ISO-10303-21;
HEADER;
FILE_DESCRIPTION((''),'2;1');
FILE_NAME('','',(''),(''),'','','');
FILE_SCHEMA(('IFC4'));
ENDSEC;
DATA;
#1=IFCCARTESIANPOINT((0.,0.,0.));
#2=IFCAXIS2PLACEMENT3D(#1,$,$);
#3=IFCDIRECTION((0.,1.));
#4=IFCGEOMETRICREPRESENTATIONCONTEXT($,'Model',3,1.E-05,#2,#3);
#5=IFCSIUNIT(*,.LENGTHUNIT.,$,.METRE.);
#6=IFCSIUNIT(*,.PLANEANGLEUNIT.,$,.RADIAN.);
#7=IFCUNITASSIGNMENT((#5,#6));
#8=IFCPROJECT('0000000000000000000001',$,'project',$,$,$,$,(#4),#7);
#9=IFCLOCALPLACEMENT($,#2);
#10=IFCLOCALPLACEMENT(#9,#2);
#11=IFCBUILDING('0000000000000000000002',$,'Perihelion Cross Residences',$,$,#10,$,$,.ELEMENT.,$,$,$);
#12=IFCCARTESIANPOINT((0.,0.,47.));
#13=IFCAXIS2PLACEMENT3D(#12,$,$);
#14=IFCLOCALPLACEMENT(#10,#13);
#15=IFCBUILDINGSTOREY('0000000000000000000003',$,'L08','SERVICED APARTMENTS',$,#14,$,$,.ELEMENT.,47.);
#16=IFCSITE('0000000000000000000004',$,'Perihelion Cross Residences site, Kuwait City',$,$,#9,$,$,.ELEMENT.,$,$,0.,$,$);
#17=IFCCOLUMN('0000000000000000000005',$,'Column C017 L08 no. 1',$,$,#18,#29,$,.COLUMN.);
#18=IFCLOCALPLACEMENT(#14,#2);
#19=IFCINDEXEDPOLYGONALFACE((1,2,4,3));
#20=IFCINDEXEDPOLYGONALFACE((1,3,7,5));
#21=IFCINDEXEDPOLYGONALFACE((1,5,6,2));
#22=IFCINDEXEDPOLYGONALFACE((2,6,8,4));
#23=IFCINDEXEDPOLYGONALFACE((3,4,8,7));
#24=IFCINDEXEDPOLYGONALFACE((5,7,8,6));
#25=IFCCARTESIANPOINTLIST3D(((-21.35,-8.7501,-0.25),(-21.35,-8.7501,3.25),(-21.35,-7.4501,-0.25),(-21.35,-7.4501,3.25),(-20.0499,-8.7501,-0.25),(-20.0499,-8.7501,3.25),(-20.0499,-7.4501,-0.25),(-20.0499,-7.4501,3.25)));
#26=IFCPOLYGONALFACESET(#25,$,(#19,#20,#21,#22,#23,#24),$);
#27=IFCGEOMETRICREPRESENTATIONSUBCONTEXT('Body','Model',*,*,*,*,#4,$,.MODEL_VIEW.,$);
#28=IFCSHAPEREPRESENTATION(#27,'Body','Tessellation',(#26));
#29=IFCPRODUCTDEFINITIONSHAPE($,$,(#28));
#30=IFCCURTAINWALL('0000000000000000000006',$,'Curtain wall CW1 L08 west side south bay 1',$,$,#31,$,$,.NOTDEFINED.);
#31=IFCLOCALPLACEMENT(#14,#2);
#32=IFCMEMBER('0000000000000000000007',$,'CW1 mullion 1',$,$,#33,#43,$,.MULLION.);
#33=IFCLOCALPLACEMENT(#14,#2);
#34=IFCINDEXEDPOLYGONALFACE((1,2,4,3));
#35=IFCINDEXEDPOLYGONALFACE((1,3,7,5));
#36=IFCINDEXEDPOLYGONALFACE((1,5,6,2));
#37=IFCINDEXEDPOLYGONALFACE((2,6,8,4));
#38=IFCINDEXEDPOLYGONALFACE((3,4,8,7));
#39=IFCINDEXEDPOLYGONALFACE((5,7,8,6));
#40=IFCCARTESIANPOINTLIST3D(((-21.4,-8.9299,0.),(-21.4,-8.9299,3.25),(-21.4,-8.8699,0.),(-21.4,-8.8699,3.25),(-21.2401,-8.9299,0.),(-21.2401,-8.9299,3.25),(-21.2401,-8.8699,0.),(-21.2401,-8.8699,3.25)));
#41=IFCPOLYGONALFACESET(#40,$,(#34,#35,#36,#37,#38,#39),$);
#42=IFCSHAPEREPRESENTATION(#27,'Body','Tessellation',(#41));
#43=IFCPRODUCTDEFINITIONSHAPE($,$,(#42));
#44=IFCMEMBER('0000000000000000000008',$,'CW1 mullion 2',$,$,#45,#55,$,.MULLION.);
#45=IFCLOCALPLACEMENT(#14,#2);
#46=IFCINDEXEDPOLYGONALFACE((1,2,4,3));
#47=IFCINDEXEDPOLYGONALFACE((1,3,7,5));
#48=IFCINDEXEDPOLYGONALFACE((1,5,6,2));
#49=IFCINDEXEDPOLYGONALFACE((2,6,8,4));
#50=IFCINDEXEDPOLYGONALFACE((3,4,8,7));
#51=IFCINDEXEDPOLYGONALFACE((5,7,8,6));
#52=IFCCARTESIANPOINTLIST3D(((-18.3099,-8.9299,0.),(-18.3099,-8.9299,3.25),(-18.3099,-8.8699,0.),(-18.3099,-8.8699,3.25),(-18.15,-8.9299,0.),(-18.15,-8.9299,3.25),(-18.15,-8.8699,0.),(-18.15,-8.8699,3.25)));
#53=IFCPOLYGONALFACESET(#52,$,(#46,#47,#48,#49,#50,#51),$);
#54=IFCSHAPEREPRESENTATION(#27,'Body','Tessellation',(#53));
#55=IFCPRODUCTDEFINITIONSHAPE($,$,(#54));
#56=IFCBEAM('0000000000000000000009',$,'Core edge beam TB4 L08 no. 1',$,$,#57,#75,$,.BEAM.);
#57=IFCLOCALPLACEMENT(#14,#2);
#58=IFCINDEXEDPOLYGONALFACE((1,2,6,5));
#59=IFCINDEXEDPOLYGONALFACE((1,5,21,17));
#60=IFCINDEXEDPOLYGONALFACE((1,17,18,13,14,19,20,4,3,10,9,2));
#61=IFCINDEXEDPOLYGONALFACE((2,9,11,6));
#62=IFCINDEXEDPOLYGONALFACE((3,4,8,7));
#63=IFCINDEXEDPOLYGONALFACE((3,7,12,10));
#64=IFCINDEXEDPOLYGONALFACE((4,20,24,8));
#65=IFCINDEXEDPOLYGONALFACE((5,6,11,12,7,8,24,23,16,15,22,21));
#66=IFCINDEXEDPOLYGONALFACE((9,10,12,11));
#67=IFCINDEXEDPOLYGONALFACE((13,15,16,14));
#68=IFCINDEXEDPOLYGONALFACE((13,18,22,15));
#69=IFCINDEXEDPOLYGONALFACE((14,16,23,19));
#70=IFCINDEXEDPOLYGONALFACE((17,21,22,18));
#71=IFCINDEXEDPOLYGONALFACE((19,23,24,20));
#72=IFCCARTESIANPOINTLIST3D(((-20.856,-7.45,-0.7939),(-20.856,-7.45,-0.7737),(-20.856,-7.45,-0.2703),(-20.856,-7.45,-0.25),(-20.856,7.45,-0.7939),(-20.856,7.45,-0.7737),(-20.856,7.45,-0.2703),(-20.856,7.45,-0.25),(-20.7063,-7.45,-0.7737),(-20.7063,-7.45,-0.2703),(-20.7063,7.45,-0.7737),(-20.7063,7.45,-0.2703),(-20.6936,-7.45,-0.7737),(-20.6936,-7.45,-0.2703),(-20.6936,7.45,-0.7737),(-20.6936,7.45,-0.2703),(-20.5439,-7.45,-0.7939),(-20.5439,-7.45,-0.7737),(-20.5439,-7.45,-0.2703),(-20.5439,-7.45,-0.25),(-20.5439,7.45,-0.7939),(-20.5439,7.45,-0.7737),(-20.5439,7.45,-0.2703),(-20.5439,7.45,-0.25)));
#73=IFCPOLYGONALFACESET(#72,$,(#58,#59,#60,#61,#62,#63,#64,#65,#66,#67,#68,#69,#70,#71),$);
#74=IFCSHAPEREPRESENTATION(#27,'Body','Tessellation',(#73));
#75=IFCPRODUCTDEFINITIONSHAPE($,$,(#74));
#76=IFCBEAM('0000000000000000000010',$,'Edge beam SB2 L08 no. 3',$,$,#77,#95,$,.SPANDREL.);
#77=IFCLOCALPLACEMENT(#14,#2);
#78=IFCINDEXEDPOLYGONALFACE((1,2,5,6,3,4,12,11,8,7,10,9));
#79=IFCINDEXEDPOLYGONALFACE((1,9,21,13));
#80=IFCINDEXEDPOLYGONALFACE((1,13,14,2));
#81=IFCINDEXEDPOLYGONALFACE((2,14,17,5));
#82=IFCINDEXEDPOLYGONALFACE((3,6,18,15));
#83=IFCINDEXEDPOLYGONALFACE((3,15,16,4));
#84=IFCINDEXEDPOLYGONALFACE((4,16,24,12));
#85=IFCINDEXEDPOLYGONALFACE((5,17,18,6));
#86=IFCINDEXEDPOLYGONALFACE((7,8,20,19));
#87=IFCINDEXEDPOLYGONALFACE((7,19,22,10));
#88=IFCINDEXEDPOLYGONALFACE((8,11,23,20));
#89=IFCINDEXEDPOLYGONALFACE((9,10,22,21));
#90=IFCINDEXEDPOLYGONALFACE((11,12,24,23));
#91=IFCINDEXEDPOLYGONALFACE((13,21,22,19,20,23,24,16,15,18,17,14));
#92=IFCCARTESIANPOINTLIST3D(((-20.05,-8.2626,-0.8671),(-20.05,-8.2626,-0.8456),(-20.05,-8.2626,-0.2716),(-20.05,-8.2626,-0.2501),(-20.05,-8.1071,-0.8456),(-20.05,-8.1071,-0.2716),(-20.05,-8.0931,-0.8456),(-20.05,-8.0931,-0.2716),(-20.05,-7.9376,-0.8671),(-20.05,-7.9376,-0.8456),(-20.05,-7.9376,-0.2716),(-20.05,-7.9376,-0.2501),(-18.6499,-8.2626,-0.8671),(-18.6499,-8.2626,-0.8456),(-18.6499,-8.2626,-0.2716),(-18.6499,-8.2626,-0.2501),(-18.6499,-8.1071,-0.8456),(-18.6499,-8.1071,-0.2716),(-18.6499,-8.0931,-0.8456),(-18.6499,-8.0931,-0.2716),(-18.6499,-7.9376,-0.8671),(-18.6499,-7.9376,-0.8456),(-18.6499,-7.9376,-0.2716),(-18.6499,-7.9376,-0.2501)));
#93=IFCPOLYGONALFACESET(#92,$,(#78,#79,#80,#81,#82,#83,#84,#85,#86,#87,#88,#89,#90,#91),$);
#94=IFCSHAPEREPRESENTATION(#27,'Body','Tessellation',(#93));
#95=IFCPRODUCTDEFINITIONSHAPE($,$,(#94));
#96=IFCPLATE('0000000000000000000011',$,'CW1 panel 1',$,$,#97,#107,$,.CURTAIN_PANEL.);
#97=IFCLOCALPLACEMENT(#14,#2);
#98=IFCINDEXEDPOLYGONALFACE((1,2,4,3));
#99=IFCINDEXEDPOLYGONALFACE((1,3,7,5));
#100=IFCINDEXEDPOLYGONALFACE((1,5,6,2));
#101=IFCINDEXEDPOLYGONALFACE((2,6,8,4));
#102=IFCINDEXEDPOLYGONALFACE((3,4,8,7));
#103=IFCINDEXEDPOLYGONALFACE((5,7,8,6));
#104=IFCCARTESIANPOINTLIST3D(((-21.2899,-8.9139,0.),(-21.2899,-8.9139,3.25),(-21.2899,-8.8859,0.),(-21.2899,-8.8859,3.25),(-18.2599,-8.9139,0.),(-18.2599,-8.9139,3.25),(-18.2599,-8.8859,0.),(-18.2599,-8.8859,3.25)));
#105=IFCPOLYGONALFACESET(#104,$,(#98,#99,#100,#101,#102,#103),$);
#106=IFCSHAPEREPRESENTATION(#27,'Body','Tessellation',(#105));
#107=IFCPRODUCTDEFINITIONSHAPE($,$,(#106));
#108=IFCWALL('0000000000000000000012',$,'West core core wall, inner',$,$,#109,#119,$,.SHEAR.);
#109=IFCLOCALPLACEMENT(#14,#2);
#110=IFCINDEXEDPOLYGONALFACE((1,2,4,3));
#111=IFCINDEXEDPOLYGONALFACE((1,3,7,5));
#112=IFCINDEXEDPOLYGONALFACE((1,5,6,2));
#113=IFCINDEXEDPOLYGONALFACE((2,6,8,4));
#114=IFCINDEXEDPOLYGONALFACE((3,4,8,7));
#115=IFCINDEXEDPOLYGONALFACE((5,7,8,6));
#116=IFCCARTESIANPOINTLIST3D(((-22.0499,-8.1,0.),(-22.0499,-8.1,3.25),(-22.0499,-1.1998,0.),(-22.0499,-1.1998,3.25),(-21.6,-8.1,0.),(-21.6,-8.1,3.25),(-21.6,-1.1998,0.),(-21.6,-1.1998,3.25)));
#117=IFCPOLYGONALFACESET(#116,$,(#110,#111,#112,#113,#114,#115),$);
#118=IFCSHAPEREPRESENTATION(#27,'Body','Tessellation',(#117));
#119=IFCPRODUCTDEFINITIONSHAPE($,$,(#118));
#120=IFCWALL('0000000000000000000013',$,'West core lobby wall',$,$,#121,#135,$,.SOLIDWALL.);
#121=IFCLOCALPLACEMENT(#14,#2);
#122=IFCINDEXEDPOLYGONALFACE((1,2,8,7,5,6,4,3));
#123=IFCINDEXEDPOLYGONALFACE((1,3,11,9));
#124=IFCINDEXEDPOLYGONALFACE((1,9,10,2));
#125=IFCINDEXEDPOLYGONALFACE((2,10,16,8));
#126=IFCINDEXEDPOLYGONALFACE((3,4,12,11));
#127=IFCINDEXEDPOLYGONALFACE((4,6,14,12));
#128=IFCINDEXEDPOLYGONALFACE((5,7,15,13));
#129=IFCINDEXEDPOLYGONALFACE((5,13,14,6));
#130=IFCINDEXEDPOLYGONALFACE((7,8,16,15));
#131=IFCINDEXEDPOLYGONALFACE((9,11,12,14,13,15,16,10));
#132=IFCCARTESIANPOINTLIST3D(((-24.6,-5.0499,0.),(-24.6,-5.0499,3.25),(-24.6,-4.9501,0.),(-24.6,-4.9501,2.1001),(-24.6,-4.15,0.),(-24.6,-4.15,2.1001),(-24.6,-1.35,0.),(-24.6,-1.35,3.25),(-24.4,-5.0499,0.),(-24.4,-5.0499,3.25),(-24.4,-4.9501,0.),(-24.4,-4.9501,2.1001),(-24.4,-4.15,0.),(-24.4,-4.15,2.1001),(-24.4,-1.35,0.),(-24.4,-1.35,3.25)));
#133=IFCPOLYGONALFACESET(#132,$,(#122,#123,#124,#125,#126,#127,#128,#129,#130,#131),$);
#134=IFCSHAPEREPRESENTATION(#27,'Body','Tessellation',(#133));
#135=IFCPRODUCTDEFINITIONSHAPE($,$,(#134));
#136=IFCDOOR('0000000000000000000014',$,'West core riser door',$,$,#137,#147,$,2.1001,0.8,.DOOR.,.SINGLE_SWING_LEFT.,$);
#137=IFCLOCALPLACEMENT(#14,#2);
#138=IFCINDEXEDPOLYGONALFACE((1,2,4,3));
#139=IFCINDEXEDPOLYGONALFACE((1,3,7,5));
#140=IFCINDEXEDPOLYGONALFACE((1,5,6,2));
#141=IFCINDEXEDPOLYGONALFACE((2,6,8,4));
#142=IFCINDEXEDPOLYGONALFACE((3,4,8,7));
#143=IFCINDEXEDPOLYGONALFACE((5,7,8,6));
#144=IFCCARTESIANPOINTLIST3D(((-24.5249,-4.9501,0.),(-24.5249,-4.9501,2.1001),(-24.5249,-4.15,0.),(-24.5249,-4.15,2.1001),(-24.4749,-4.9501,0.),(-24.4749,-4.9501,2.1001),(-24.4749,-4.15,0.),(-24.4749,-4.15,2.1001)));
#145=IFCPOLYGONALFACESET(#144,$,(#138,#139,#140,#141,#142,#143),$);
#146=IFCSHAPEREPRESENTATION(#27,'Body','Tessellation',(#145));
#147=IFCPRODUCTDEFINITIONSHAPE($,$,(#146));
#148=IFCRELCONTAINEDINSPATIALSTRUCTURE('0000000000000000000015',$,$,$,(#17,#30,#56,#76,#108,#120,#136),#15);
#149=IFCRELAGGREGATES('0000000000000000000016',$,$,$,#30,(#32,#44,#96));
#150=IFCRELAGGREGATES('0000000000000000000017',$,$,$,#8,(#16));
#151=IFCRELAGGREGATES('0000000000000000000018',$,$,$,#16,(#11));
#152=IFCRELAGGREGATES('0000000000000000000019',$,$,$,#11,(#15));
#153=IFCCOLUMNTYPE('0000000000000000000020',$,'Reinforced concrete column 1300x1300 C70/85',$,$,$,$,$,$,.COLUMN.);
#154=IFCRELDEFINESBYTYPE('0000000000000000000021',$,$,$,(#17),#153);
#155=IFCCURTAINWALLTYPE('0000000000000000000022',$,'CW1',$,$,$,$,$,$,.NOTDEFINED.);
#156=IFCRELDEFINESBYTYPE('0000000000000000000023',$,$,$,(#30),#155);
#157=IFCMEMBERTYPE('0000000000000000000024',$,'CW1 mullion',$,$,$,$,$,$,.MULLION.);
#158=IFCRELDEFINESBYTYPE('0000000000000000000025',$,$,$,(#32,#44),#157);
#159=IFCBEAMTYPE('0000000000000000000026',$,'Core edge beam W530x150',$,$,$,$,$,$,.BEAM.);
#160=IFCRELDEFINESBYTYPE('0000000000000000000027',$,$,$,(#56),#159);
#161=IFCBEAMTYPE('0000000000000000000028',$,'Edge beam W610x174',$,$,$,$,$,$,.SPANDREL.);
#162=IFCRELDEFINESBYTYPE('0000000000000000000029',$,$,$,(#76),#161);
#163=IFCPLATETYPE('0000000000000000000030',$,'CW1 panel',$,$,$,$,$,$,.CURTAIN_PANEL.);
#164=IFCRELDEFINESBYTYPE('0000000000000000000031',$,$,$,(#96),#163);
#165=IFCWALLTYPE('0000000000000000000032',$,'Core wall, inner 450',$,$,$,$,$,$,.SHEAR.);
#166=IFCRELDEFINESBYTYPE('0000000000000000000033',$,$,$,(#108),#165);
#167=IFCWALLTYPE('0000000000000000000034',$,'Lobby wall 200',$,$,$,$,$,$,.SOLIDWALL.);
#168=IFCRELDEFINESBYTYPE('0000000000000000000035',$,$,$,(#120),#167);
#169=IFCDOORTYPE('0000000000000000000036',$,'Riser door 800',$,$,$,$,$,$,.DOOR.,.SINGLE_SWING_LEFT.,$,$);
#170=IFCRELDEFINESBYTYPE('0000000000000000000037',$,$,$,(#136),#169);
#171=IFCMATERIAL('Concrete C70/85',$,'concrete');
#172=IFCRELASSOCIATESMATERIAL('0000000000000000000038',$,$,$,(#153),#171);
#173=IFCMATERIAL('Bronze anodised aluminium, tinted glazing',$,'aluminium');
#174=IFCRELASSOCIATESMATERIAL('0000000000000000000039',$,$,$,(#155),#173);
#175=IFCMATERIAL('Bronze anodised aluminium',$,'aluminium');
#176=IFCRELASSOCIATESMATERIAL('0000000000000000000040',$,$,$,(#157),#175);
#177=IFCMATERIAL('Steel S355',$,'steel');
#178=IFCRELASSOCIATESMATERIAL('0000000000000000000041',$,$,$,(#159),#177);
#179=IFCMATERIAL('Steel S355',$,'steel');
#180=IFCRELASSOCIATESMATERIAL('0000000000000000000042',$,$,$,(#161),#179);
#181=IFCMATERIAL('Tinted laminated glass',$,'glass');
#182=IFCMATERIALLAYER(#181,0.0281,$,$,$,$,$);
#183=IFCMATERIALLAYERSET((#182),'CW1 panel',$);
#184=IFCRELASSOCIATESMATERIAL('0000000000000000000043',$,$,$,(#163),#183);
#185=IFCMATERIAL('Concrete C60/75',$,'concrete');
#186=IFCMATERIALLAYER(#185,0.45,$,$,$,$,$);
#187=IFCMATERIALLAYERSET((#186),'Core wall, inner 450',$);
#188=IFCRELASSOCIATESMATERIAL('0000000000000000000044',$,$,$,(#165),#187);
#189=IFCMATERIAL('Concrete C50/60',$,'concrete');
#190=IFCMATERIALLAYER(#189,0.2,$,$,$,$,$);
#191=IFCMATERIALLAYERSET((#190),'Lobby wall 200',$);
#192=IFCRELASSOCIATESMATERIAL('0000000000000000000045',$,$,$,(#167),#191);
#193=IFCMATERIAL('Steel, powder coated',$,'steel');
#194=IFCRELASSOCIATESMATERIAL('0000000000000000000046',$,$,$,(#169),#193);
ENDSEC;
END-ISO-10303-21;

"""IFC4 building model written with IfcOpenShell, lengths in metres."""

from ifc_helpers import new_model, si_unit, direction, frame, frame_2d, origin, origin_2d, place, context, subcontext, project, spatial, rectangle, i_section, extrude, material, layer, layer_set, material_profile, profile_set, type_object, element, fill, aggregate, save


model = new_model("IFC4")

# Units and contexts
model_context = context("Model", 3, precision=1e-05, world=origin(), true_north=direction((0.0, 1.0)))
body_context = subcontext(model_context, "Body", "Model", "MODEL_VIEW")
ifc_project = project(units=[si_unit("LENGTHUNIT", "METRE"), si_unit("PLANEANGLEUNIT", "RADIAN")], contexts=[model_context])

# Site, building, storey
site_placement = place(None, origin())
site = spatial("IfcSite", under=ifc_project, at=site_placement, Name="Perihelion Cross Residences site, Kuwait City", CompositionType="ELEMENT", RefElevation=0.0)
building_placement = place(site_placement, origin())
building = spatial("IfcBuilding", under=site, at=building_placement, Name="Perihelion Cross Residences", CompositionType="ELEMENT")
storey_placement = place(building_placement, frame((0.0, 0.0, 47.0)))
storey = spatial("IfcBuildingStorey", under=building, at=storey_placement, Name="L08", Description="SERVICED APARTMENTS", CompositionType="ELEMENT", Elevation=47.0)

# Column
ifc_material_1 = material(Name="Concrete C70/85", Category="concrete")
ifc_material_profile_1 = material_profile(ifc_material_1, rectangle(XDim=1.3, YDim=1.3, at=origin_2d()), Name="RC 1300x1300")
ifc_profile_set_1 = profile_set([ifc_material_profile_1], Name="Concrete C70/85")
column_type = type_object("IfcColumnType", Name="Reinforced concrete column 1300x1300 C70/85", PredefinedType="COLUMN", material=ifc_profile_set_1)
column_placement = place(storey_placement, frame((-20.7, -8.1001, -0.25), z_axis=(0.0, 0.0, 1.0), x_axis=(1.0, 0.0, 0.0)))
element("IfcColumn", 1, at=column_placement, inside=storey, type_object=column_type, Name="Column C017 L08 no. 1", PredefinedType="COLUMN", context=body_context, shape_type="SweptSolid", body=[
    extrude(rectangle(XDim=1.3, YDim=1.3, at=origin_2d()), origin(), (0.0, 0.0, 1.0), 3.5),
])

# Curtain wall, members
ifc_material_2 = material(Name="Bronze anodised aluminium, tinted glazing", Category="aluminium")
curtain_wall_type = type_object("IfcCurtainWallType", Name="CW1", PredefinedType="NOTDEFINED", material=ifc_material_2)
curtain_wall_placement = place(storey_placement, origin())
curtain_wall = element("IfcCurtainWall", 2, at=curtain_wall_placement, inside=storey, type_object=curtain_wall_type, Name="Curtain wall CW1 L08 west side south bay 1", PredefinedType="NOTDEFINED")
ifc_material_3 = material(Name="Bronze anodised aluminium", Category="aluminium")
ifc_material_profile_2 = material_profile(ifc_material_3, rectangle(XDim=0.0601, YDim=0.1599, at=origin_2d()), Name="CW1 mullion")
ifc_profile_set_2 = profile_set([ifc_material_profile_2], Name="Bronze anodised aluminium")
member_type = type_object("IfcMemberType", Name="CW1 mullion", PredefinedType="MULLION", material=ifc_profile_set_2)
member_1_placement = place(storey_placement, frame((-21.3201, -8.8999, 0.0), z_axis=(0.0, 0.0, 1.0), x_axis=(0.0, 1.0, 0.0)))
member_1 = element("IfcMember", 3, at=member_1_placement, type_object=member_type, Name="CW1 mullion 1", PredefinedType="MULLION", context=body_context, shape_type="SweptSolid", body=[
    extrude(rectangle(XDim=0.0601, YDim=0.1599, at=origin_2d()), origin(), (0.0, 0.0, 1.0), 3.25),
])
member_2_placement = place(storey_placement, frame((-18.23, -8.8999, 0.0), z_axis=(0.0, 0.0, 1.0), x_axis=(0.0, 1.0, 0.0)))
member_2 = element("IfcMember", 4, at=member_2_placement, type_object=member_type, Name="CW1 mullion 2", PredefinedType="MULLION", context=body_context, shape_type="SweptSolid", body=[
    extrude(rectangle(XDim=0.0601, YDim=0.1599, at=origin_2d()), origin(), (0.0, 0.0, 1.0), 3.25),
])

# Beams
ifc_material_4 = material(Name="Steel S355", Category="steel")
ifc_material_profile_3 = material_profile(ifc_material_4, i_section(OverallWidth=0.312, OverallDepth=0.5439, WebThickness=0.0127, FlangeThickness=0.0203, at=origin_2d()), Name="W530x150")
ifc_profile_set_3 = profile_set([ifc_material_profile_3], Name="Steel S355")
beam_type_1 = type_object("IfcBeamType", Name="Core edge beam W530x150", PredefinedType="BEAM", material=ifc_profile_set_3)
beam_1_placement = place(storey_placement, frame((-20.7, -7.45, -0.522), z_axis=(0.0, 1.0, 0.0), x_axis=(-1.0, 0.0, 0.0)))
element("IfcBeam", 5, at=beam_1_placement, inside=storey, type_object=beam_type_1, Name="Core edge beam TB4 L08 no. 1", PredefinedType="BEAM", context=body_context, shape_type="SweptSolid", body=[
    extrude(i_section(OverallWidth=0.312, OverallDepth=0.5439, WebThickness=0.0127, FlangeThickness=0.0203, at=origin_2d()), origin(), (0.0, 0.0, 1.0), 14.8999),
])
ifc_material_5 = material(Name="Steel S355", Category="steel")
ifc_material_profile_4 = material_profile(ifc_material_5, i_section(OverallWidth=0.325, OverallDepth=0.6169, WebThickness=0.0139, FlangeThickness=0.0215, at=origin_2d()), Name="W610x174")
ifc_profile_set_4 = profile_set([ifc_material_profile_4], Name="Steel S355")
beam_type_2 = type_object("IfcBeamType", Name="Edge beam W610x174", PredefinedType="SPANDREL", material=ifc_profile_set_4)
beam_2_placement = place(storey_placement, frame((-20.05, -8.1001, -0.5586), z_axis=(1.0, 0.0, 0.0), x_axis=(0.0, 1.0, 0.0)))
element("IfcBeam", 6, at=beam_2_placement, inside=storey, type_object=beam_type_2, Name="Edge beam SB2 L08 no. 3", PredefinedType="SPANDREL", context=body_context, shape_type="SweptSolid", body=[
    extrude(i_section(OverallWidth=0.325, OverallDepth=0.6169, WebThickness=0.0139, FlangeThickness=0.0215, at=origin_2d()), origin(), (0.0, 0.0, 1.0), 1.4001),
])

# Plate
ifc_material_6 = material(Name="Tinted laminated glass", Category="glass")
ifc_layer_1 = layer(ifc_material_6, 0.0281)
ifc_layer_set_1 = layer_set([ifc_layer_1], Name="CW1 panel")
plate_type = type_object("IfcPlateType", Name="CW1 panel", PredefinedType="CURTAIN_PANEL", material=ifc_layer_set_1)
plate_placement = place(storey_placement, frame((-19.7749, -8.8999, 0.0), z_axis=(0.0, 0.0, 1.0), x_axis=(1.0, 0.0, 0.0)))
plate = element("IfcPlate", 7, at=plate_placement, type_object=plate_type, Name="CW1 panel 1", PredefinedType="CURTAIN_PANEL", context=body_context, shape_type="SweptSolid", body=[
    extrude(rectangle(XDim=3.03, YDim=0.0281, at=origin_2d()), origin(), (0.0, 0.0, 1.0), 3.25),
])
aggregate(curtain_wall, [member_1, member_2, plate])

# Wall
ifc_material_7 = material(Name="Concrete C60/75", Category="concrete")
ifc_layer_2 = layer(ifc_material_7, 0.45)
ifc_layer_set_2 = layer_set([ifc_layer_2], Name="Core wall, inner 450")
wall_type_1 = type_object("IfcWallType", Name="Core wall, inner 450", PredefinedType="SHEAR", material=ifc_layer_set_2)
wall_1_placement = place(storey_placement, frame((-21.825, -8.1001, 0.0), z_axis=(0.0, 0.0, 1.0), x_axis=(0.0, 1.0, 0.0)))
element("IfcWall", 8, at=wall_1_placement, inside=storey, type_object=wall_type_1, Name="West core core wall, inner", PredefinedType="SHEAR", context=body_context, shape_type="SweptSolid", body=[
    extrude(rectangle(XDim=6.9001, YDim=0.45, at=frame_2d((3.4502, 0.0))), origin(), (0.0, 0.0, 1.0), 3.25),
])

# Wall, opening, door
ifc_material_8 = material(Name="Concrete C50/60", Category="concrete")
ifc_layer_3 = layer(ifc_material_8, 0.2)
ifc_layer_set_3 = layer_set([ifc_layer_3], Name="Lobby wall 200")
wall_type_2 = type_object("IfcWallType", Name="Lobby wall 200", PredefinedType="SOLIDWALL", material=ifc_layer_set_3)
wall_2_placement = place(storey_placement, frame((-24.5, -5.05, 0.0), z_axis=(0.0, 0.0, 1.0), x_axis=(0.0, 1.0, 0.0)))
wall_2 = element("IfcWall", 9, at=wall_2_placement, inside=storey, type_object=wall_type_2, Name="West core lobby wall", PredefinedType="SOLIDWALL", context=body_context, shape_type="SweptSolid", body=[
    extrude(rectangle(XDim=3.7, YDim=0.2, at=frame_2d((1.8501, 0.0))), origin(), (0.0, 0.0, 1.0), 3.25),
])
opening_1_placement = place(wall_2_placement, frame((0.1001, 0.0, 0.0)))
opening_1 = element("IfcOpeningElement", 10, at=opening_1_placement, cuts=wall_2, PredefinedType="OPENING", context=body_context, shape_type="SweptSolid", body=[
    extrude(rectangle(XDim=0.8, YDim=2.1001, at=frame_2d((0.3999, 1.05))), frame((0.0, 0.1099, 0.0), z_axis=(0.0, -1.0, 0.0), x_axis=(1.0, 0.0, 0.0)), (0.0, 0.0, 1.0), 0.22),
])
ifc_material_9 = material(Name="Steel, powder coated", Category="steel")
door_type_1 = type_object("IfcDoorType", Name="Riser door 800", OperationType="SINGLE_SWING_LEFT", PredefinedType="DOOR", material=ifc_material_9)
door_1_placement = place(opening_1_placement, origin())
door_1 = element("IfcDoor", 11, at=door_1_placement, inside=storey, type_object=door_type_1, Name="West core riser door", OperationType="SINGLE_SWING_LEFT", OverallHeight=2.1001, OverallWidth=0.8, PredefinedType="DOOR", context=body_context, shape_type="SweptSolid", body=[
    extrude(rectangle(XDim=0.8, YDim=2.1001, at=frame_2d((0.3999, 1.05))), frame((0.0, 0.0249, 0.0), z_axis=(0.0, -1.0, 0.0), x_axis=(1.0, 0.0, 0.0)), (0.0, 0.0, 1.0), 0.05),
])
fill(opening_1, door_1)

save(model, "model.ifc")
